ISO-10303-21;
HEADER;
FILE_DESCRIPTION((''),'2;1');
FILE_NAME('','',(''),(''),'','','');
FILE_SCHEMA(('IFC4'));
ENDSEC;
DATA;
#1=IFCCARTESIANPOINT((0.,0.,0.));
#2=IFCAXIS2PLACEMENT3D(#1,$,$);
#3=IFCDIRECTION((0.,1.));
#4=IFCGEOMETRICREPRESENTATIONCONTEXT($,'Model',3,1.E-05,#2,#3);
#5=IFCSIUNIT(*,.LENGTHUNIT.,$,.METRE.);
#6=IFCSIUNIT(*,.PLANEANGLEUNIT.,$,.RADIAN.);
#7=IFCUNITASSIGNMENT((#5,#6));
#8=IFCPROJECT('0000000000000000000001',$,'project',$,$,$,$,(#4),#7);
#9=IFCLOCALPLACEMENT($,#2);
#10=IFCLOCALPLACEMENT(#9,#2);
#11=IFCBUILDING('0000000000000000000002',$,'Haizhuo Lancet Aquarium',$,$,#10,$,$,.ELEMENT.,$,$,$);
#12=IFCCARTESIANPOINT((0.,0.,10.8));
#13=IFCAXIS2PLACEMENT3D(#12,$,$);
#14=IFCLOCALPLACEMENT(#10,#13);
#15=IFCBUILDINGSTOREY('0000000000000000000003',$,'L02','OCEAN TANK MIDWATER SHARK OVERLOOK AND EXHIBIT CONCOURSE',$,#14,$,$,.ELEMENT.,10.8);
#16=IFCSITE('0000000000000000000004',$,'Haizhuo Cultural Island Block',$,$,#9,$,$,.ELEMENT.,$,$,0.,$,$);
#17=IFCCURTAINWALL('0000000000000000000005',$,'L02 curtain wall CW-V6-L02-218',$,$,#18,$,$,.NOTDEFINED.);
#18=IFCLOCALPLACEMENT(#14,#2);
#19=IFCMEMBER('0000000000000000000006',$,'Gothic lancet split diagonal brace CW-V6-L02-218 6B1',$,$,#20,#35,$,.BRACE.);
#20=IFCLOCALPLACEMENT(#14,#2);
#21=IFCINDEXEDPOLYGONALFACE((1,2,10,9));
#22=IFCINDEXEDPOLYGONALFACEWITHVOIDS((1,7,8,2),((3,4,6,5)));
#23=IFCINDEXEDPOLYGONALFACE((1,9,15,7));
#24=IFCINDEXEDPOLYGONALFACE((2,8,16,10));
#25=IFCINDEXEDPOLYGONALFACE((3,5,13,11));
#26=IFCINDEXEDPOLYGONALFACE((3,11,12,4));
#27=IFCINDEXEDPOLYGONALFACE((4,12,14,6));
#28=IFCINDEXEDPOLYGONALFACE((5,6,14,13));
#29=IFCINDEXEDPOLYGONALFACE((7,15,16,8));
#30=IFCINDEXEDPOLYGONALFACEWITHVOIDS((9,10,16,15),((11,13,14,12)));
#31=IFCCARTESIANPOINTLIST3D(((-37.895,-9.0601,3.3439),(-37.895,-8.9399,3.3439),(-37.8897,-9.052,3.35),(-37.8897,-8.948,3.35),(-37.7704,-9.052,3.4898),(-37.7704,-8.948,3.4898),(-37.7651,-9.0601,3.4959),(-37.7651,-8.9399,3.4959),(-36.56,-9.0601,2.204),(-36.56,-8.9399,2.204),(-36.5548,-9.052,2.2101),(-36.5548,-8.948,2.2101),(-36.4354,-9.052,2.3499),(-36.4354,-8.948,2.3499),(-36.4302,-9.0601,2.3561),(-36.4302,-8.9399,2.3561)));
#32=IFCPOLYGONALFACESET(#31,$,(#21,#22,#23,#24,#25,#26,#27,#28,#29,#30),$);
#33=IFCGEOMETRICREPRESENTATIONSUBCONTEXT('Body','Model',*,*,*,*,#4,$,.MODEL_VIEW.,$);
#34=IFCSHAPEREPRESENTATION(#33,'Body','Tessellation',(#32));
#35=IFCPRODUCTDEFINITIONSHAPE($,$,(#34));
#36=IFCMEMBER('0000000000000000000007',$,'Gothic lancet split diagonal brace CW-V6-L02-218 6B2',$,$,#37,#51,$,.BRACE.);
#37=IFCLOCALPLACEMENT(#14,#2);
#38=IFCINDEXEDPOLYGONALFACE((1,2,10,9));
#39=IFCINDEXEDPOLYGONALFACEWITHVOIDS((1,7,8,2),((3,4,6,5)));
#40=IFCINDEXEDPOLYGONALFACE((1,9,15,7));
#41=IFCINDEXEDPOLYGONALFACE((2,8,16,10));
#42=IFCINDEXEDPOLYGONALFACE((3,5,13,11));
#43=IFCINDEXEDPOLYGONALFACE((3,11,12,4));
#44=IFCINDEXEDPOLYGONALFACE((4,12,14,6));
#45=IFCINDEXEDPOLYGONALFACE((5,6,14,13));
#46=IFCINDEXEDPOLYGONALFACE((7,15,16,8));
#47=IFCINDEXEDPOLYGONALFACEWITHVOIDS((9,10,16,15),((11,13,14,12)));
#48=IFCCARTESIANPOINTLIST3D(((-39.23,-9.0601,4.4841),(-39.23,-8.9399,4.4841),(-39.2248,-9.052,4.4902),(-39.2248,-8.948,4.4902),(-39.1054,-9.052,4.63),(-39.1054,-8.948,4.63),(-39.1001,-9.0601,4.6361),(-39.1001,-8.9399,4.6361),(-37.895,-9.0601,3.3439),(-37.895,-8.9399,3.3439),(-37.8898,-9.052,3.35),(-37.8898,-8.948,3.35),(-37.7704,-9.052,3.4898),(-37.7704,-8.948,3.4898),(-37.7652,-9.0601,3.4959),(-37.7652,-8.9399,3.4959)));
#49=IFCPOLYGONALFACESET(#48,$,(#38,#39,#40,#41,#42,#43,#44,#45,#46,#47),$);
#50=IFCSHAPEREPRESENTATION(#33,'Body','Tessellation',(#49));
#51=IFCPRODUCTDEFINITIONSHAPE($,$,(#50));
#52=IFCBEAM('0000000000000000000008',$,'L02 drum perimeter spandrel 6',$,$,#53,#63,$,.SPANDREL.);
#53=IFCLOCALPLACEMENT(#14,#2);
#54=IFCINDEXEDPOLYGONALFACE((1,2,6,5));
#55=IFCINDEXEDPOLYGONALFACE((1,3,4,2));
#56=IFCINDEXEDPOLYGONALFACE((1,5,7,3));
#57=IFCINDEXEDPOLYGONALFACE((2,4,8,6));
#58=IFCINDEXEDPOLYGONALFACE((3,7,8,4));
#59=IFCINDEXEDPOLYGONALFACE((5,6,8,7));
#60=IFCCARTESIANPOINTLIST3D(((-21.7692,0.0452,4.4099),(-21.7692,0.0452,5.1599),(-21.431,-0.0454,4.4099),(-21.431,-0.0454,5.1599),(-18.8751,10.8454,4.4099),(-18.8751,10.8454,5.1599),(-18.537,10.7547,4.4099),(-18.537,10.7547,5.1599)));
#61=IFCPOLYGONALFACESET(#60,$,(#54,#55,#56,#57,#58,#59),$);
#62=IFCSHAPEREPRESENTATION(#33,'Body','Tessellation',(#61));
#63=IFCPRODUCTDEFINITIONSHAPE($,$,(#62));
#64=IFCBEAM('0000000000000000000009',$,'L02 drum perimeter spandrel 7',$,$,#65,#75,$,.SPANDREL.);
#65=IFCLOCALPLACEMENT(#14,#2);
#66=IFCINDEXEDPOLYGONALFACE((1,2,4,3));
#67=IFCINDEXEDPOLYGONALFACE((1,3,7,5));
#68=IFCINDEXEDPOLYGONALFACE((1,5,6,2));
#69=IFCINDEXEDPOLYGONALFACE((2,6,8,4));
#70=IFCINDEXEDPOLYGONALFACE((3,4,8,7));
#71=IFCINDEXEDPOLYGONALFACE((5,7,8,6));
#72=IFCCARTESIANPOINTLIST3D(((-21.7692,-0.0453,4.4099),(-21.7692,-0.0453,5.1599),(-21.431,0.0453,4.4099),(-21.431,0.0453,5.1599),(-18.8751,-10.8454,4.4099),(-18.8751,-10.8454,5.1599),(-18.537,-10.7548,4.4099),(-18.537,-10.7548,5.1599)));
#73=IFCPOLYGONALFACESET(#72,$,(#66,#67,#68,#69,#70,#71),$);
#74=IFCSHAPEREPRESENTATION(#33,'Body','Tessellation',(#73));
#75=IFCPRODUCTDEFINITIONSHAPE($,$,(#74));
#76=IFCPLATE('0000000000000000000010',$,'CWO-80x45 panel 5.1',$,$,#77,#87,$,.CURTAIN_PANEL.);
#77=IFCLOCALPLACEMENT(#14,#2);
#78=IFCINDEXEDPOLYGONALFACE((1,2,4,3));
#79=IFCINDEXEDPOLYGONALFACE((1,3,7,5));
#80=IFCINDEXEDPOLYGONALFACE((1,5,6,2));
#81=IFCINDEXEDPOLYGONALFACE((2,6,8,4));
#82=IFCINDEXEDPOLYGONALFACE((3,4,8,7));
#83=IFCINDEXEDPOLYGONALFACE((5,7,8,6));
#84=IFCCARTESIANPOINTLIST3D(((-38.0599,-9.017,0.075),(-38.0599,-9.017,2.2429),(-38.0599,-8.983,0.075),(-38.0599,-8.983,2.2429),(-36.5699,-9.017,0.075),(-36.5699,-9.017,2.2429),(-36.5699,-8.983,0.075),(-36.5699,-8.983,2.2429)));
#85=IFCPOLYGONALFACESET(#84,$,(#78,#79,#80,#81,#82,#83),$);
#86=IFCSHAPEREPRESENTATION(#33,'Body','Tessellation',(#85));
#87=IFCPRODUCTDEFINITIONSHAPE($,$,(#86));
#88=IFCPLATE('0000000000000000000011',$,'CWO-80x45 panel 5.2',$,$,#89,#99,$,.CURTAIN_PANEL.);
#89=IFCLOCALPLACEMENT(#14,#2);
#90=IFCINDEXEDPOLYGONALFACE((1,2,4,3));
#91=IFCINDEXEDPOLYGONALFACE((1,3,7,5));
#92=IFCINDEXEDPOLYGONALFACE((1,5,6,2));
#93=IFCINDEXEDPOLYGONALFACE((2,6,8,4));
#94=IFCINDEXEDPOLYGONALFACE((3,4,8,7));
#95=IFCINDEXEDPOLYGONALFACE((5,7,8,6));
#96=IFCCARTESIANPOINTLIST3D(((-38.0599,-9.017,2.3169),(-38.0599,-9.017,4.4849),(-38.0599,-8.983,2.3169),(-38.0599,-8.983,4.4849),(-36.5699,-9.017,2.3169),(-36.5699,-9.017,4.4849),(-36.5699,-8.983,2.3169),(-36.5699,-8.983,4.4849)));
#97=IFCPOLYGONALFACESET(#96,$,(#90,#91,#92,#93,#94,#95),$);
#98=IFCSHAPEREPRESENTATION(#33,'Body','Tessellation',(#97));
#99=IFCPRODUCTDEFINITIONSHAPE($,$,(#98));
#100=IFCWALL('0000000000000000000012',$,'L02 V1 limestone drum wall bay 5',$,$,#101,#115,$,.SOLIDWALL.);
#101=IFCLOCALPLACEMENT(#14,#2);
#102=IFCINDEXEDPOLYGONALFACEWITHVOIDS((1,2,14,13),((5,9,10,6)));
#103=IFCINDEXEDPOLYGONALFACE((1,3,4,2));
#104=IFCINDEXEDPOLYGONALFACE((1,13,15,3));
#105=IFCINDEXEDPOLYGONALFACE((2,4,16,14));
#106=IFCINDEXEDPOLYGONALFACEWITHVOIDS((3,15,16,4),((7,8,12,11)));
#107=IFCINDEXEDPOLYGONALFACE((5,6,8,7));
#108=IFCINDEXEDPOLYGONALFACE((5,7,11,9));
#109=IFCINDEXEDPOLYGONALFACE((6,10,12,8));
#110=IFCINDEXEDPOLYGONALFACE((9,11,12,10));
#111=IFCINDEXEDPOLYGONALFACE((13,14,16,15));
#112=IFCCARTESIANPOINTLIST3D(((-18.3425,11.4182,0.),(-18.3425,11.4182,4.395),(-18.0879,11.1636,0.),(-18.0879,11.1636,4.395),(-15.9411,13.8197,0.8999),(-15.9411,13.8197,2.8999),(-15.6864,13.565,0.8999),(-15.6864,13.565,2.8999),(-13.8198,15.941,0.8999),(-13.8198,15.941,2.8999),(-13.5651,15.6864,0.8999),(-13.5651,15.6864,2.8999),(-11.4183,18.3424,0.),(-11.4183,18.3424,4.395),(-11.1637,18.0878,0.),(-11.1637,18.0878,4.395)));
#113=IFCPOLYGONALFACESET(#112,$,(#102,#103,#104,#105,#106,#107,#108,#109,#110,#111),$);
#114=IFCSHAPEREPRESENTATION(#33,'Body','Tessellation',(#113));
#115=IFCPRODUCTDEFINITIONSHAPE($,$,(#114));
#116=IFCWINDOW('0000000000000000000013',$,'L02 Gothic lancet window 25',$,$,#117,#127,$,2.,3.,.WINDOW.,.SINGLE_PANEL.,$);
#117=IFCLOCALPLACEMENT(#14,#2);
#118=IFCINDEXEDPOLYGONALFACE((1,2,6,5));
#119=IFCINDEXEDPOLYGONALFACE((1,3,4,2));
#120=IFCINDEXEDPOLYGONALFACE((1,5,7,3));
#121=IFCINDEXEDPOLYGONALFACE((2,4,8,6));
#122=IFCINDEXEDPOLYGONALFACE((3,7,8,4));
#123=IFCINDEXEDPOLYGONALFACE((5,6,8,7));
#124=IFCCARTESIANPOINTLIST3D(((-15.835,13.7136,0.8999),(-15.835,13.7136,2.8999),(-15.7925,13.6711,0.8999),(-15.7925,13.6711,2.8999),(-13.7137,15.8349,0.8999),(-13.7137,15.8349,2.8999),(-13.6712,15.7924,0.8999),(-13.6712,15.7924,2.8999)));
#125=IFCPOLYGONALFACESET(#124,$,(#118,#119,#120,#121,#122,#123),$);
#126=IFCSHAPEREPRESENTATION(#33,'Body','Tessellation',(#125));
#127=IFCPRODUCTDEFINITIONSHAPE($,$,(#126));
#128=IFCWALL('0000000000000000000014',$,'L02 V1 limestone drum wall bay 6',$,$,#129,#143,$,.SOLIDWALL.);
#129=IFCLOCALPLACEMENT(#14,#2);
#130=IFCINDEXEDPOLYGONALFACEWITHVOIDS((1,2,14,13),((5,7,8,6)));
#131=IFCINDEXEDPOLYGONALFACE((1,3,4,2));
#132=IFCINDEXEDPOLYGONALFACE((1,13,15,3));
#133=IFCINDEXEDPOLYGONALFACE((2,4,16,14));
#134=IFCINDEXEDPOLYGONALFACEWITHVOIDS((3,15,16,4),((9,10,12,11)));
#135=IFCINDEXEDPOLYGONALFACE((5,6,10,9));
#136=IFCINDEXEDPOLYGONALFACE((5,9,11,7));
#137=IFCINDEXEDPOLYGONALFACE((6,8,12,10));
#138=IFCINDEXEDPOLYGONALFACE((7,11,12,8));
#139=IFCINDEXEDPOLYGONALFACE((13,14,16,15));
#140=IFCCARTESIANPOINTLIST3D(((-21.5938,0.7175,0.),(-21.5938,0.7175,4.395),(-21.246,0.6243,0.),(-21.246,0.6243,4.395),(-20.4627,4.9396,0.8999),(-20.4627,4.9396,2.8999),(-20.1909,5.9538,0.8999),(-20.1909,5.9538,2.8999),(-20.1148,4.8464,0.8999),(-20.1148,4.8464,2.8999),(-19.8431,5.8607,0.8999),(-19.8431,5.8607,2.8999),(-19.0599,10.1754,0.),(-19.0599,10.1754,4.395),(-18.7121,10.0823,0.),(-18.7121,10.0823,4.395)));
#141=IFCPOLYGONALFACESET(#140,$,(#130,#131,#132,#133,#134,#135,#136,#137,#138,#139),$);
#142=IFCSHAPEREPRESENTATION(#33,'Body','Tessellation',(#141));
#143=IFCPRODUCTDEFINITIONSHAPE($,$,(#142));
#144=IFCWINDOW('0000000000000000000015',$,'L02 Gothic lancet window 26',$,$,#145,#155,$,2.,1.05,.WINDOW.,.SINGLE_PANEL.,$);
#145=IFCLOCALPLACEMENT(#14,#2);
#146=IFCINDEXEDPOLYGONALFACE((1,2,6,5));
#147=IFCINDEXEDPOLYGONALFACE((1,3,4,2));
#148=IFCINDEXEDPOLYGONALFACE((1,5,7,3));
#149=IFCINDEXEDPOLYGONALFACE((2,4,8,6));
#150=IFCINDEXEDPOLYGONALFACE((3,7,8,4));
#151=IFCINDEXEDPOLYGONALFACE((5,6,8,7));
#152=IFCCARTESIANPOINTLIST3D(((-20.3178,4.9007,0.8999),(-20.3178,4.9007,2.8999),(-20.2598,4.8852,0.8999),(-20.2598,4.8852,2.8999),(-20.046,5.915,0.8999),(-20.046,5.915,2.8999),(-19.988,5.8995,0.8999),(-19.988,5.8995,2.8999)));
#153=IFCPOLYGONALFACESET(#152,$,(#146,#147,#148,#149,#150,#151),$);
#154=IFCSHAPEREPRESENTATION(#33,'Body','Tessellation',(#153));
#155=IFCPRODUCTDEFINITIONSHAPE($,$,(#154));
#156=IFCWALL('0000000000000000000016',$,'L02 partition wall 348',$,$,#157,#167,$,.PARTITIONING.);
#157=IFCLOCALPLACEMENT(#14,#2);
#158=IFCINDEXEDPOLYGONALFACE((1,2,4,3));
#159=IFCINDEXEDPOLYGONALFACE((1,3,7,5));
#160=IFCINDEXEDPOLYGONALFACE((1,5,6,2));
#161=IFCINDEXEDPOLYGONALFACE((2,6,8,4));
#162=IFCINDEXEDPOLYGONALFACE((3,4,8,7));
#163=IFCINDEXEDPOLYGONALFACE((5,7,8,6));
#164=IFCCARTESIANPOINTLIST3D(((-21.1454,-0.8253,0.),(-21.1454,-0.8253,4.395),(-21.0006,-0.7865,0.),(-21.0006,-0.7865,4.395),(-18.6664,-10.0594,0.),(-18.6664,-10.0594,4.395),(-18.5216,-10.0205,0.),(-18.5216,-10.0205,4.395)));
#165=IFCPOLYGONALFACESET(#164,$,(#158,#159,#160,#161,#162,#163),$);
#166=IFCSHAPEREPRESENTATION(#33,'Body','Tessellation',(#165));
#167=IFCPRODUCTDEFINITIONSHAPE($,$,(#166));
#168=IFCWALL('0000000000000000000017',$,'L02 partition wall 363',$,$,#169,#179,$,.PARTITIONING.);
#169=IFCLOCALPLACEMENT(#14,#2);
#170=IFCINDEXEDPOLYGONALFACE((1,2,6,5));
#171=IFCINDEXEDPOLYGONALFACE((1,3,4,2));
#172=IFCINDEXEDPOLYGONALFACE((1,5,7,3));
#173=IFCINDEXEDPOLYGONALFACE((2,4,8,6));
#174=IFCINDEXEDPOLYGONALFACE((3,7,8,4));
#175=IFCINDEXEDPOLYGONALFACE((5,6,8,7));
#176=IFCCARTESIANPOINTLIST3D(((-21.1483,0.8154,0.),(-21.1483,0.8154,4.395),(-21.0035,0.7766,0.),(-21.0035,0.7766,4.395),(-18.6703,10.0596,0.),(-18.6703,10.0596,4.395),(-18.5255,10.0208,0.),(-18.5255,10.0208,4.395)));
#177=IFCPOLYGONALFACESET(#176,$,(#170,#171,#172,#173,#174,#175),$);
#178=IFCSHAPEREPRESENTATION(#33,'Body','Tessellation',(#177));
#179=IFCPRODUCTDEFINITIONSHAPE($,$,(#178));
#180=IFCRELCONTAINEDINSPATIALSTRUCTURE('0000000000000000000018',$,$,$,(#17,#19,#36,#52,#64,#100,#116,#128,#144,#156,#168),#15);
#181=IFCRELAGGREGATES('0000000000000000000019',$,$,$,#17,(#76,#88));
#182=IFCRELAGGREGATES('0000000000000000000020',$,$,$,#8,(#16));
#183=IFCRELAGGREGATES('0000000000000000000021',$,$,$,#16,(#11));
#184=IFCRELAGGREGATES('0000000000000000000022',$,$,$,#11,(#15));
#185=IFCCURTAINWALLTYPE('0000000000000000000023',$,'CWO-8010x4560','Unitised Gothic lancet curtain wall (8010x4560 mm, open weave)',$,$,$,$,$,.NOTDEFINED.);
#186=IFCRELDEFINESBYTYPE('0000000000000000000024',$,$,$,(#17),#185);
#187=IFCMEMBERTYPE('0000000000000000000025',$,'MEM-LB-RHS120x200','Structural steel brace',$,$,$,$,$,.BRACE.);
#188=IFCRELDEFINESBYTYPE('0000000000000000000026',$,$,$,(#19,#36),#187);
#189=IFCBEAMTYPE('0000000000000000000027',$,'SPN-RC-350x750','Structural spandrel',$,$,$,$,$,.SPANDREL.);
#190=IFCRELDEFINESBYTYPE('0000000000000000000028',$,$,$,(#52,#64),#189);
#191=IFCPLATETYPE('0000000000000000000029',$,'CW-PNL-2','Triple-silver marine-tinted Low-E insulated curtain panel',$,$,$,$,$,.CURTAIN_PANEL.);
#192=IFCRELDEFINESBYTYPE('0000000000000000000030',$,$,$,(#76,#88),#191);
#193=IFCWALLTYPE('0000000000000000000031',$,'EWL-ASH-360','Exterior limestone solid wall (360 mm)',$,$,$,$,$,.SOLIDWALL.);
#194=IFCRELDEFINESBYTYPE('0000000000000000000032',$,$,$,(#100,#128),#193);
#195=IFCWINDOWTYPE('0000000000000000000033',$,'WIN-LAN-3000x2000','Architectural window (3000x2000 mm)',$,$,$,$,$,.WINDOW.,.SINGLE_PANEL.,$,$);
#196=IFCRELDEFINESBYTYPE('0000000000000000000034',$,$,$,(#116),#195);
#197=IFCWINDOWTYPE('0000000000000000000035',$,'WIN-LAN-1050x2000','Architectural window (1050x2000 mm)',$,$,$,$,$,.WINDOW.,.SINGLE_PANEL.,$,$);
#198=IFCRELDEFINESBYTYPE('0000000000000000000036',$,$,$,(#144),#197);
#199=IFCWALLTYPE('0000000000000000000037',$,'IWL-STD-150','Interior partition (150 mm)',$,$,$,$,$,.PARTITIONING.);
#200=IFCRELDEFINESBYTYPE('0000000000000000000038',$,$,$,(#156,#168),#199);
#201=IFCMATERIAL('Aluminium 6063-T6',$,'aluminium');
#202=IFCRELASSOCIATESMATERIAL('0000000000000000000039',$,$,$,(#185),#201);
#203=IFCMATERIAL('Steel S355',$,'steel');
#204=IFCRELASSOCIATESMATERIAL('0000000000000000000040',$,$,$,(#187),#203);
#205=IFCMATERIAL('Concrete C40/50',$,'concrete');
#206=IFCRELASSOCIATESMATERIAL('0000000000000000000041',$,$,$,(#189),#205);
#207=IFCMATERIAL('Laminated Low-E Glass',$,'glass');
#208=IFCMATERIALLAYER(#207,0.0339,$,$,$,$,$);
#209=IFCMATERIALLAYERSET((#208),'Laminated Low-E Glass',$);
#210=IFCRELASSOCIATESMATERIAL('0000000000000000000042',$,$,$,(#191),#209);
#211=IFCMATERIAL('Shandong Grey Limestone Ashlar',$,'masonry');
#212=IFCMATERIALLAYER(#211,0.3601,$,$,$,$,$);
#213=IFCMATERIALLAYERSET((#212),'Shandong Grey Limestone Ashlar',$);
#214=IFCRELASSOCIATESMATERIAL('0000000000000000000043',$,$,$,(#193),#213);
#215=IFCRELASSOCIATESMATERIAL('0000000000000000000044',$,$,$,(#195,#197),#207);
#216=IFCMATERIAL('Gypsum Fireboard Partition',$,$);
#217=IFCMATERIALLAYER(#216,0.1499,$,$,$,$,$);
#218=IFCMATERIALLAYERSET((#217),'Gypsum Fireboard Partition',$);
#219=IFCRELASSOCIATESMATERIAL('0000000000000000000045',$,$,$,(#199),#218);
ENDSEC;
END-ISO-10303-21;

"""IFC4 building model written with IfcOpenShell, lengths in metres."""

from ifc_helpers import new_model, si_unit, direction, frame, frame_2d, origin, origin_2d, place, context, subcontext, project, spatial, rectangle, hollow_rectangle, extrude, material, layer, layer_set, material_profile, profile_set, type_object, element, fill, aggregate, save


model = new_model("IFC4")

# Units and contexts
model_context = context("Model", 3, precision=1e-05, world=origin(), true_north=direction((0.0, 1.0)))
body_context = subcontext(model_context, "Body", "Model", "MODEL_VIEW")
ifc_project = project(units=[si_unit("LENGTHUNIT", "METRE"), si_unit("PLANEANGLEUNIT", "RADIAN")], contexts=[model_context])

# Site, building, storey
site_placement = place(None, origin())
site = spatial("IfcSite", under=ifc_project, at=site_placement, Name="Haizhuo Cultural Island Block", CompositionType="ELEMENT", RefElevation=0.0)
building_placement = place(site_placement, origin())
building = spatial("IfcBuilding", under=site, at=building_placement, Name="Haizhuo Lancet Aquarium", CompositionType="ELEMENT")
storey_placement = place(building_placement, frame((0.0, 0.0, 10.8)))
storey = spatial("IfcBuildingStorey", under=building, at=storey_placement, Name="L02", Description="OCEAN TANK MIDWATER SHARK OVERLOOK AND EXHIBIT CONCOURSE", CompositionType="ELEMENT", Elevation=10.8)

# Shared definitions
ifc_material_1 = material(Name="Concrete C40/50", Category="concrete")

# Curtain wall
ifc_material_2 = material(Name="Aluminium 6063-T6", Category="aluminium")
curtain_wall_type = type_object("IfcCurtainWallType", Name="CWO-8010x4560", Description="Unitised Gothic lancet curtain wall (8010x4560 mm, open weave)", PredefinedType="NOTDEFINED", material=ifc_material_2)
curtain_wall_placement = place(storey_placement, origin())
curtain_wall = element("IfcCurtainWall", 1, at=curtain_wall_placement, inside=storey, type_object=curtain_wall_type, Name="L02 curtain wall CW-V6-L02-218", PredefinedType="NOTDEFINED")

# Members
ifc_material_3 = material(Name="Steel S355", Category="steel")
ifc_material_profile_1 = material_profile(ifc_material_3, hollow_rectangle(XDim=0.1201, YDim=0.2, WallThickness=0.0081, at=origin_2d()), Name="RHS 120x200x8")
ifc_profile_set_1 = profile_set([ifc_material_profile_1], Name="Steel S355")
member_type_1 = type_object("IfcMemberType", Name="MEM-LB-RHS120x200", Description="Structural steel brace", PredefinedType="BRACE", material=ifc_profile_set_1)
member_1_placement = place(storey_placement, frame((-36.4951, -9.0, 2.28), z_axis=(-0.760482, 0.0, 0.649359), x_axis=(0.0, -1.0, 0.0)))
element("IfcMember", 2, at=member_1_placement, inside=storey, type_object=member_type_1, Name="Gothic lancet split diagonal brace CW-V6-L02-218 6B1", PredefinedType="BRACE", context=body_context, shape_type="SweptSolid", body=[
    extrude(hollow_rectangle(XDim=0.1201, YDim=0.2, WallThickness=0.0081, at=origin_2d()), origin(), (0.0, 0.0, 1.0), 1.7554),
])
member_2_placement = place(storey_placement, frame((-37.8301, -9.0, 3.4199), z_axis=(-0.760414, 0.0, 0.649439), x_axis=(0.0, -1.0, 0.0)))
element("IfcMember", 3, at=member_2_placement, inside=storey, type_object=member_type_1, Name="Gothic lancet split diagonal brace CW-V6-L02-218 6B2", PredefinedType="BRACE", context=body_context, shape_type="SweptSolid", body=[
    extrude(hollow_rectangle(XDim=0.1201, YDim=0.2, WallThickness=0.0081, at=origin_2d()), origin(), (0.0, 0.0, 1.0), 1.7556),
])

# Beams
ifc_material_profile_2 = material_profile(ifc_material_1, rectangle(XDim=0.3501, YDim=0.75, at=origin_2d()), Name="RC-SP 350x750")
ifc_profile_set_2 = profile_set([ifc_material_profile_2], Name="Concrete C40/50")
beam_type_1 = type_object("IfcBeamType", Name="SPN-RC-350x750", Description="Structural spandrel", PredefinedType="SPANDREL", material=ifc_profile_set_2)
for number, where, z_axis, x_axis, name in (
    (4, (-18.7061, 10.8, 4.7849), (-0.258834, -0.965922, 0.0), (0.965922, -0.258834, 0.0), "L02 drum perimeter spandrel 6"),
    (5, (-21.6001, 0.0, 4.7849), (0.258834, -0.965922, 0.0), (0.965922, 0.258834, 0.0), "L02 drum perimeter spandrel 7"),
):
    element("IfcBeam", number, at=place(storey_placement, frame(where, z_axis=z_axis, x_axis=x_axis)), inside=storey, type_object=beam_type_1, Name=name, PredefinedType="SPANDREL", context=body_context, shape_type="SweptSolid", body=[
        extrude(rectangle(XDim=0.3501, YDim=0.75, at=origin_2d()), origin(), (0.0, 0.0, 1.0), 11.1812),
    ])

# Plates
ifc_material_4 = material(Name="Laminated Low-E Glass", Category="glass")
ifc_layer_1 = layer(ifc_material_4, 0.0339)
ifc_layer_set_1 = layer_set([ifc_layer_1], Name="Laminated Low-E Glass")
plate_type = type_object("IfcPlateType", Name="CW-PNL-2", Description="Triple-silver marine-tinted Low-E insulated curtain panel", PredefinedType="CURTAIN_PANEL", material=ifc_layer_set_1)
plate_1_placement = place(storey_placement, frame((-37.3149, -9.0, 0.075), z_axis=(0.0, 0.0, 1.0), x_axis=(1.0, 0.0, 0.0)))
plate_1 = element("IfcPlate", 6, at=plate_1_placement, type_object=plate_type, Name="CWO-80x45 panel 5.1", PredefinedType="CURTAIN_PANEL", context=body_context, shape_type="SweptSolid", body=[
    extrude(rectangle(XDim=1.49, YDim=0.0339, at=origin_2d()), origin(), (0.0, 0.0, 1.0), 2.168),
])
plate_2_placement = place(storey_placement, frame((-37.3149, -9.0, 2.3169), z_axis=(0.0, 0.0, 1.0), x_axis=(1.0, 0.0, 0.0)))
plate_2 = element("IfcPlate", 7, at=plate_2_placement, type_object=plate_type, Name="CWO-80x45 panel 5.2", PredefinedType="CURTAIN_PANEL", context=body_context, shape_type="SweptSolid", body=[
    extrude(rectangle(XDim=1.49, YDim=0.0339, at=origin_2d()), origin(), (0.0, 0.0, 1.0), 2.168),
])
aggregate(curtain_wall, [plate_1, plate_2])

# Walls, openings, windows
ifc_material_5 = material(Name="Shandong Grey Limestone Ashlar", Category="masonry")
ifc_layer_2 = layer(ifc_material_5, 0.3601)
ifc_layer_set_2 = layer_set([ifc_layer_2], Name="Shandong Grey Limestone Ashlar")
wall_type_1 = type_object("IfcWallType", Name="EWL-ASH-360", Description="Exterior limestone solid wall (360 mm)", PredefinedType="SOLIDWALL", material=ifc_layer_set_2)
wall_1_placement = place(storey_placement, frame((-18.2151, 11.291, 0.0), z_axis=(0.0, 0.0, 1.0), x_axis=(0.707107, 0.707107, 0.0)))
wall_1 = element("IfcWall", 8, at=wall_1_placement, inside=storey, type_object=wall_type_1, Name="L02 V1 limestone drum wall bay 5", PredefinedType="SOLIDWALL", context=body_context, shape_type="SweptSolid", body=[
    extrude(rectangle(XDim=9.7922, YDim=0.3601, at=frame_2d((4.896, 0.0))), origin(), (0.0, 0.0, 1.0), 4.395),
])
opening_1_placement = place(wall_1_placement, frame((3.396, 0.0, 0.8999)))
opening_1 = element("IfcOpeningElement", 9, at=opening_1_placement, cuts=wall_1, PredefinedType="OPENING", context=body_context, shape_type="SweptSolid", body=[
    extrude(rectangle(XDim=3.0, YDim=2.0, at=frame_2d((1.5, 1.0))), frame((0.0, 0.1899, 0.0), z_axis=(0.0, -1.0, 0.0), x_axis=(1.0, 0.0, 0.0)), (0.0, 0.0, 1.0), 0.3801),
])
window_type_1 = type_object("IfcWindowType", Name="WIN-LAN-3000x2000", Description="Architectural window (3000x2000 mm)", PartitioningType="SINGLE_PANEL", PredefinedType="WINDOW", material=ifc_material_4)
window_1_placement = place(opening_1_placement, origin())
window_1 = element("IfcWindow", 10, at=window_1_placement, inside=storey, type_object=window_type_1, Name="L02 Gothic lancet window 25", OverallHeight=2.0, OverallWidth=3.0, PartitioningType="SINGLE_PANEL", PredefinedType="WINDOW", context=body_context, shape_type="SweptSolid", body=[
    extrude(rectangle(XDim=3.0, YDim=2.0, at=frame_2d((1.5, 1.0))), frame((0.0, 0.03, 0.0), z_axis=(0.0, -1.0, 0.0), x_axis=(1.0, 0.0, 0.0)), (0.0, 0.0, 1.0), 0.0601),
])
fill(opening_1, window_1)
wall_2_placement = place(storey_placement, frame((-21.4199, 0.6709, 0.0), z_axis=(0.0, 0.0, 1.0), x_axis=(0.258788, 0.965934, 0.0)))
wall_2 = element("IfcWall", 11, at=wall_2_placement, inside=storey, type_object=wall_type_1, Name="L02 V1 limestone drum wall bay 6", PredefinedType="SOLIDWALL", context=body_context, shape_type="SweptSolid", body=[
    extrude(rectangle(XDim=9.7915, YDim=0.3601, at=frame_2d((4.8958, 0.0))), origin(), (0.0, 0.0, 1.0), 4.395),
])
opening_2_placement = place(wall_2_placement, frame((4.3711, 0.0, 0.8999)))
opening_2 = element("IfcOpeningElement", 12, at=opening_2_placement, cuts=wall_2, PredefinedType="OPENING", context=body_context, shape_type="SweptSolid", body=[
    extrude(rectangle(XDim=1.05, YDim=2.0, at=frame_2d((0.5249, 1.0))), frame((0.0, 0.1899, 0.0), z_axis=(0.0, -1.0, 0.0), x_axis=(1.0, 0.0, 0.0)), (0.0, 0.0, 1.0), 0.3801),
])
window_type_2 = type_object("IfcWindowType", Name="WIN-LAN-1050x2000", Description="Architectural window (1050x2000 mm)", PartitioningType="SINGLE_PANEL", PredefinedType="WINDOW", material=ifc_material_4)
window_2_placement = place(opening_2_placement, origin())
window_2 = element("IfcWindow", 13, at=window_2_placement, inside=storey, type_object=window_type_2, Name="L02 Gothic lancet window 26", OverallHeight=2.0, OverallWidth=1.05, PartitioningType="SINGLE_PANEL", PredefinedType="WINDOW", context=body_context, shape_type="SweptSolid", body=[
    extrude(rectangle(XDim=1.05, YDim=2.0, at=frame_2d((0.5249, 1.0))), frame((0.0, 0.03, 0.0), z_axis=(0.0, -1.0, 0.0), x_axis=(1.0, 0.0, 0.0)), (0.0, 0.0, 1.0), 0.0601),
])
fill(opening_2, window_2)

# Walls
ifc_material_6 = material(Name="Gypsum Fireboard Partition")
ifc_layer_3 = layer(ifc_material_6, 0.1499)
ifc_layer_set_3 = layer_set([ifc_layer_3], Name="Gypsum Fireboard Partition")
wall_type_2 = type_object("IfcWallType", Name="IWL-STD-150", Description="Interior partition (150 mm)", PredefinedType="PARTITIONING", material=ifc_layer_set_3)
wall_3_placement = place(storey_placement, frame((-21.073, -0.8059, 0.0), z_axis=(0.0, 0.0, 1.0), x_axis=(0.25928, -0.965802, 0.0)))
element("IfcWall", 14, at=wall_3_placement, inside=storey, type_object=wall_type_2, Name="L02 partition wall 348", PredefinedType="PARTITIONING", context=body_context, shape_type="SweptSolid", body=[
    extrude(rectangle(XDim=9.561, YDim=0.1499, at=frame_2d((4.7805, 0.0))), origin(), (0.0, 0.0, 1.0), 4.395),
])
wall_4_placement = place(storey_placement, frame((-18.5979, 10.04, 0.0), z_axis=(0.0, 0.0, 1.0), x_axis=(-0.258923, -0.965898, 0.0)))
element("IfcWall", 15, at=wall_4_placement, inside=storey, type_object=wall_type_2, Name="L02 partition wall 363", PredefinedType="PARTITIONING", context=body_context, shape_type="SweptSolid", body=[
    extrude(rectangle(XDim=9.5706, YDim=0.1499, at=frame_2d((4.7852, 0.0))), origin(), (0.0, 0.0, 1.0), 4.395),
])

save(model, "model.ifc")
